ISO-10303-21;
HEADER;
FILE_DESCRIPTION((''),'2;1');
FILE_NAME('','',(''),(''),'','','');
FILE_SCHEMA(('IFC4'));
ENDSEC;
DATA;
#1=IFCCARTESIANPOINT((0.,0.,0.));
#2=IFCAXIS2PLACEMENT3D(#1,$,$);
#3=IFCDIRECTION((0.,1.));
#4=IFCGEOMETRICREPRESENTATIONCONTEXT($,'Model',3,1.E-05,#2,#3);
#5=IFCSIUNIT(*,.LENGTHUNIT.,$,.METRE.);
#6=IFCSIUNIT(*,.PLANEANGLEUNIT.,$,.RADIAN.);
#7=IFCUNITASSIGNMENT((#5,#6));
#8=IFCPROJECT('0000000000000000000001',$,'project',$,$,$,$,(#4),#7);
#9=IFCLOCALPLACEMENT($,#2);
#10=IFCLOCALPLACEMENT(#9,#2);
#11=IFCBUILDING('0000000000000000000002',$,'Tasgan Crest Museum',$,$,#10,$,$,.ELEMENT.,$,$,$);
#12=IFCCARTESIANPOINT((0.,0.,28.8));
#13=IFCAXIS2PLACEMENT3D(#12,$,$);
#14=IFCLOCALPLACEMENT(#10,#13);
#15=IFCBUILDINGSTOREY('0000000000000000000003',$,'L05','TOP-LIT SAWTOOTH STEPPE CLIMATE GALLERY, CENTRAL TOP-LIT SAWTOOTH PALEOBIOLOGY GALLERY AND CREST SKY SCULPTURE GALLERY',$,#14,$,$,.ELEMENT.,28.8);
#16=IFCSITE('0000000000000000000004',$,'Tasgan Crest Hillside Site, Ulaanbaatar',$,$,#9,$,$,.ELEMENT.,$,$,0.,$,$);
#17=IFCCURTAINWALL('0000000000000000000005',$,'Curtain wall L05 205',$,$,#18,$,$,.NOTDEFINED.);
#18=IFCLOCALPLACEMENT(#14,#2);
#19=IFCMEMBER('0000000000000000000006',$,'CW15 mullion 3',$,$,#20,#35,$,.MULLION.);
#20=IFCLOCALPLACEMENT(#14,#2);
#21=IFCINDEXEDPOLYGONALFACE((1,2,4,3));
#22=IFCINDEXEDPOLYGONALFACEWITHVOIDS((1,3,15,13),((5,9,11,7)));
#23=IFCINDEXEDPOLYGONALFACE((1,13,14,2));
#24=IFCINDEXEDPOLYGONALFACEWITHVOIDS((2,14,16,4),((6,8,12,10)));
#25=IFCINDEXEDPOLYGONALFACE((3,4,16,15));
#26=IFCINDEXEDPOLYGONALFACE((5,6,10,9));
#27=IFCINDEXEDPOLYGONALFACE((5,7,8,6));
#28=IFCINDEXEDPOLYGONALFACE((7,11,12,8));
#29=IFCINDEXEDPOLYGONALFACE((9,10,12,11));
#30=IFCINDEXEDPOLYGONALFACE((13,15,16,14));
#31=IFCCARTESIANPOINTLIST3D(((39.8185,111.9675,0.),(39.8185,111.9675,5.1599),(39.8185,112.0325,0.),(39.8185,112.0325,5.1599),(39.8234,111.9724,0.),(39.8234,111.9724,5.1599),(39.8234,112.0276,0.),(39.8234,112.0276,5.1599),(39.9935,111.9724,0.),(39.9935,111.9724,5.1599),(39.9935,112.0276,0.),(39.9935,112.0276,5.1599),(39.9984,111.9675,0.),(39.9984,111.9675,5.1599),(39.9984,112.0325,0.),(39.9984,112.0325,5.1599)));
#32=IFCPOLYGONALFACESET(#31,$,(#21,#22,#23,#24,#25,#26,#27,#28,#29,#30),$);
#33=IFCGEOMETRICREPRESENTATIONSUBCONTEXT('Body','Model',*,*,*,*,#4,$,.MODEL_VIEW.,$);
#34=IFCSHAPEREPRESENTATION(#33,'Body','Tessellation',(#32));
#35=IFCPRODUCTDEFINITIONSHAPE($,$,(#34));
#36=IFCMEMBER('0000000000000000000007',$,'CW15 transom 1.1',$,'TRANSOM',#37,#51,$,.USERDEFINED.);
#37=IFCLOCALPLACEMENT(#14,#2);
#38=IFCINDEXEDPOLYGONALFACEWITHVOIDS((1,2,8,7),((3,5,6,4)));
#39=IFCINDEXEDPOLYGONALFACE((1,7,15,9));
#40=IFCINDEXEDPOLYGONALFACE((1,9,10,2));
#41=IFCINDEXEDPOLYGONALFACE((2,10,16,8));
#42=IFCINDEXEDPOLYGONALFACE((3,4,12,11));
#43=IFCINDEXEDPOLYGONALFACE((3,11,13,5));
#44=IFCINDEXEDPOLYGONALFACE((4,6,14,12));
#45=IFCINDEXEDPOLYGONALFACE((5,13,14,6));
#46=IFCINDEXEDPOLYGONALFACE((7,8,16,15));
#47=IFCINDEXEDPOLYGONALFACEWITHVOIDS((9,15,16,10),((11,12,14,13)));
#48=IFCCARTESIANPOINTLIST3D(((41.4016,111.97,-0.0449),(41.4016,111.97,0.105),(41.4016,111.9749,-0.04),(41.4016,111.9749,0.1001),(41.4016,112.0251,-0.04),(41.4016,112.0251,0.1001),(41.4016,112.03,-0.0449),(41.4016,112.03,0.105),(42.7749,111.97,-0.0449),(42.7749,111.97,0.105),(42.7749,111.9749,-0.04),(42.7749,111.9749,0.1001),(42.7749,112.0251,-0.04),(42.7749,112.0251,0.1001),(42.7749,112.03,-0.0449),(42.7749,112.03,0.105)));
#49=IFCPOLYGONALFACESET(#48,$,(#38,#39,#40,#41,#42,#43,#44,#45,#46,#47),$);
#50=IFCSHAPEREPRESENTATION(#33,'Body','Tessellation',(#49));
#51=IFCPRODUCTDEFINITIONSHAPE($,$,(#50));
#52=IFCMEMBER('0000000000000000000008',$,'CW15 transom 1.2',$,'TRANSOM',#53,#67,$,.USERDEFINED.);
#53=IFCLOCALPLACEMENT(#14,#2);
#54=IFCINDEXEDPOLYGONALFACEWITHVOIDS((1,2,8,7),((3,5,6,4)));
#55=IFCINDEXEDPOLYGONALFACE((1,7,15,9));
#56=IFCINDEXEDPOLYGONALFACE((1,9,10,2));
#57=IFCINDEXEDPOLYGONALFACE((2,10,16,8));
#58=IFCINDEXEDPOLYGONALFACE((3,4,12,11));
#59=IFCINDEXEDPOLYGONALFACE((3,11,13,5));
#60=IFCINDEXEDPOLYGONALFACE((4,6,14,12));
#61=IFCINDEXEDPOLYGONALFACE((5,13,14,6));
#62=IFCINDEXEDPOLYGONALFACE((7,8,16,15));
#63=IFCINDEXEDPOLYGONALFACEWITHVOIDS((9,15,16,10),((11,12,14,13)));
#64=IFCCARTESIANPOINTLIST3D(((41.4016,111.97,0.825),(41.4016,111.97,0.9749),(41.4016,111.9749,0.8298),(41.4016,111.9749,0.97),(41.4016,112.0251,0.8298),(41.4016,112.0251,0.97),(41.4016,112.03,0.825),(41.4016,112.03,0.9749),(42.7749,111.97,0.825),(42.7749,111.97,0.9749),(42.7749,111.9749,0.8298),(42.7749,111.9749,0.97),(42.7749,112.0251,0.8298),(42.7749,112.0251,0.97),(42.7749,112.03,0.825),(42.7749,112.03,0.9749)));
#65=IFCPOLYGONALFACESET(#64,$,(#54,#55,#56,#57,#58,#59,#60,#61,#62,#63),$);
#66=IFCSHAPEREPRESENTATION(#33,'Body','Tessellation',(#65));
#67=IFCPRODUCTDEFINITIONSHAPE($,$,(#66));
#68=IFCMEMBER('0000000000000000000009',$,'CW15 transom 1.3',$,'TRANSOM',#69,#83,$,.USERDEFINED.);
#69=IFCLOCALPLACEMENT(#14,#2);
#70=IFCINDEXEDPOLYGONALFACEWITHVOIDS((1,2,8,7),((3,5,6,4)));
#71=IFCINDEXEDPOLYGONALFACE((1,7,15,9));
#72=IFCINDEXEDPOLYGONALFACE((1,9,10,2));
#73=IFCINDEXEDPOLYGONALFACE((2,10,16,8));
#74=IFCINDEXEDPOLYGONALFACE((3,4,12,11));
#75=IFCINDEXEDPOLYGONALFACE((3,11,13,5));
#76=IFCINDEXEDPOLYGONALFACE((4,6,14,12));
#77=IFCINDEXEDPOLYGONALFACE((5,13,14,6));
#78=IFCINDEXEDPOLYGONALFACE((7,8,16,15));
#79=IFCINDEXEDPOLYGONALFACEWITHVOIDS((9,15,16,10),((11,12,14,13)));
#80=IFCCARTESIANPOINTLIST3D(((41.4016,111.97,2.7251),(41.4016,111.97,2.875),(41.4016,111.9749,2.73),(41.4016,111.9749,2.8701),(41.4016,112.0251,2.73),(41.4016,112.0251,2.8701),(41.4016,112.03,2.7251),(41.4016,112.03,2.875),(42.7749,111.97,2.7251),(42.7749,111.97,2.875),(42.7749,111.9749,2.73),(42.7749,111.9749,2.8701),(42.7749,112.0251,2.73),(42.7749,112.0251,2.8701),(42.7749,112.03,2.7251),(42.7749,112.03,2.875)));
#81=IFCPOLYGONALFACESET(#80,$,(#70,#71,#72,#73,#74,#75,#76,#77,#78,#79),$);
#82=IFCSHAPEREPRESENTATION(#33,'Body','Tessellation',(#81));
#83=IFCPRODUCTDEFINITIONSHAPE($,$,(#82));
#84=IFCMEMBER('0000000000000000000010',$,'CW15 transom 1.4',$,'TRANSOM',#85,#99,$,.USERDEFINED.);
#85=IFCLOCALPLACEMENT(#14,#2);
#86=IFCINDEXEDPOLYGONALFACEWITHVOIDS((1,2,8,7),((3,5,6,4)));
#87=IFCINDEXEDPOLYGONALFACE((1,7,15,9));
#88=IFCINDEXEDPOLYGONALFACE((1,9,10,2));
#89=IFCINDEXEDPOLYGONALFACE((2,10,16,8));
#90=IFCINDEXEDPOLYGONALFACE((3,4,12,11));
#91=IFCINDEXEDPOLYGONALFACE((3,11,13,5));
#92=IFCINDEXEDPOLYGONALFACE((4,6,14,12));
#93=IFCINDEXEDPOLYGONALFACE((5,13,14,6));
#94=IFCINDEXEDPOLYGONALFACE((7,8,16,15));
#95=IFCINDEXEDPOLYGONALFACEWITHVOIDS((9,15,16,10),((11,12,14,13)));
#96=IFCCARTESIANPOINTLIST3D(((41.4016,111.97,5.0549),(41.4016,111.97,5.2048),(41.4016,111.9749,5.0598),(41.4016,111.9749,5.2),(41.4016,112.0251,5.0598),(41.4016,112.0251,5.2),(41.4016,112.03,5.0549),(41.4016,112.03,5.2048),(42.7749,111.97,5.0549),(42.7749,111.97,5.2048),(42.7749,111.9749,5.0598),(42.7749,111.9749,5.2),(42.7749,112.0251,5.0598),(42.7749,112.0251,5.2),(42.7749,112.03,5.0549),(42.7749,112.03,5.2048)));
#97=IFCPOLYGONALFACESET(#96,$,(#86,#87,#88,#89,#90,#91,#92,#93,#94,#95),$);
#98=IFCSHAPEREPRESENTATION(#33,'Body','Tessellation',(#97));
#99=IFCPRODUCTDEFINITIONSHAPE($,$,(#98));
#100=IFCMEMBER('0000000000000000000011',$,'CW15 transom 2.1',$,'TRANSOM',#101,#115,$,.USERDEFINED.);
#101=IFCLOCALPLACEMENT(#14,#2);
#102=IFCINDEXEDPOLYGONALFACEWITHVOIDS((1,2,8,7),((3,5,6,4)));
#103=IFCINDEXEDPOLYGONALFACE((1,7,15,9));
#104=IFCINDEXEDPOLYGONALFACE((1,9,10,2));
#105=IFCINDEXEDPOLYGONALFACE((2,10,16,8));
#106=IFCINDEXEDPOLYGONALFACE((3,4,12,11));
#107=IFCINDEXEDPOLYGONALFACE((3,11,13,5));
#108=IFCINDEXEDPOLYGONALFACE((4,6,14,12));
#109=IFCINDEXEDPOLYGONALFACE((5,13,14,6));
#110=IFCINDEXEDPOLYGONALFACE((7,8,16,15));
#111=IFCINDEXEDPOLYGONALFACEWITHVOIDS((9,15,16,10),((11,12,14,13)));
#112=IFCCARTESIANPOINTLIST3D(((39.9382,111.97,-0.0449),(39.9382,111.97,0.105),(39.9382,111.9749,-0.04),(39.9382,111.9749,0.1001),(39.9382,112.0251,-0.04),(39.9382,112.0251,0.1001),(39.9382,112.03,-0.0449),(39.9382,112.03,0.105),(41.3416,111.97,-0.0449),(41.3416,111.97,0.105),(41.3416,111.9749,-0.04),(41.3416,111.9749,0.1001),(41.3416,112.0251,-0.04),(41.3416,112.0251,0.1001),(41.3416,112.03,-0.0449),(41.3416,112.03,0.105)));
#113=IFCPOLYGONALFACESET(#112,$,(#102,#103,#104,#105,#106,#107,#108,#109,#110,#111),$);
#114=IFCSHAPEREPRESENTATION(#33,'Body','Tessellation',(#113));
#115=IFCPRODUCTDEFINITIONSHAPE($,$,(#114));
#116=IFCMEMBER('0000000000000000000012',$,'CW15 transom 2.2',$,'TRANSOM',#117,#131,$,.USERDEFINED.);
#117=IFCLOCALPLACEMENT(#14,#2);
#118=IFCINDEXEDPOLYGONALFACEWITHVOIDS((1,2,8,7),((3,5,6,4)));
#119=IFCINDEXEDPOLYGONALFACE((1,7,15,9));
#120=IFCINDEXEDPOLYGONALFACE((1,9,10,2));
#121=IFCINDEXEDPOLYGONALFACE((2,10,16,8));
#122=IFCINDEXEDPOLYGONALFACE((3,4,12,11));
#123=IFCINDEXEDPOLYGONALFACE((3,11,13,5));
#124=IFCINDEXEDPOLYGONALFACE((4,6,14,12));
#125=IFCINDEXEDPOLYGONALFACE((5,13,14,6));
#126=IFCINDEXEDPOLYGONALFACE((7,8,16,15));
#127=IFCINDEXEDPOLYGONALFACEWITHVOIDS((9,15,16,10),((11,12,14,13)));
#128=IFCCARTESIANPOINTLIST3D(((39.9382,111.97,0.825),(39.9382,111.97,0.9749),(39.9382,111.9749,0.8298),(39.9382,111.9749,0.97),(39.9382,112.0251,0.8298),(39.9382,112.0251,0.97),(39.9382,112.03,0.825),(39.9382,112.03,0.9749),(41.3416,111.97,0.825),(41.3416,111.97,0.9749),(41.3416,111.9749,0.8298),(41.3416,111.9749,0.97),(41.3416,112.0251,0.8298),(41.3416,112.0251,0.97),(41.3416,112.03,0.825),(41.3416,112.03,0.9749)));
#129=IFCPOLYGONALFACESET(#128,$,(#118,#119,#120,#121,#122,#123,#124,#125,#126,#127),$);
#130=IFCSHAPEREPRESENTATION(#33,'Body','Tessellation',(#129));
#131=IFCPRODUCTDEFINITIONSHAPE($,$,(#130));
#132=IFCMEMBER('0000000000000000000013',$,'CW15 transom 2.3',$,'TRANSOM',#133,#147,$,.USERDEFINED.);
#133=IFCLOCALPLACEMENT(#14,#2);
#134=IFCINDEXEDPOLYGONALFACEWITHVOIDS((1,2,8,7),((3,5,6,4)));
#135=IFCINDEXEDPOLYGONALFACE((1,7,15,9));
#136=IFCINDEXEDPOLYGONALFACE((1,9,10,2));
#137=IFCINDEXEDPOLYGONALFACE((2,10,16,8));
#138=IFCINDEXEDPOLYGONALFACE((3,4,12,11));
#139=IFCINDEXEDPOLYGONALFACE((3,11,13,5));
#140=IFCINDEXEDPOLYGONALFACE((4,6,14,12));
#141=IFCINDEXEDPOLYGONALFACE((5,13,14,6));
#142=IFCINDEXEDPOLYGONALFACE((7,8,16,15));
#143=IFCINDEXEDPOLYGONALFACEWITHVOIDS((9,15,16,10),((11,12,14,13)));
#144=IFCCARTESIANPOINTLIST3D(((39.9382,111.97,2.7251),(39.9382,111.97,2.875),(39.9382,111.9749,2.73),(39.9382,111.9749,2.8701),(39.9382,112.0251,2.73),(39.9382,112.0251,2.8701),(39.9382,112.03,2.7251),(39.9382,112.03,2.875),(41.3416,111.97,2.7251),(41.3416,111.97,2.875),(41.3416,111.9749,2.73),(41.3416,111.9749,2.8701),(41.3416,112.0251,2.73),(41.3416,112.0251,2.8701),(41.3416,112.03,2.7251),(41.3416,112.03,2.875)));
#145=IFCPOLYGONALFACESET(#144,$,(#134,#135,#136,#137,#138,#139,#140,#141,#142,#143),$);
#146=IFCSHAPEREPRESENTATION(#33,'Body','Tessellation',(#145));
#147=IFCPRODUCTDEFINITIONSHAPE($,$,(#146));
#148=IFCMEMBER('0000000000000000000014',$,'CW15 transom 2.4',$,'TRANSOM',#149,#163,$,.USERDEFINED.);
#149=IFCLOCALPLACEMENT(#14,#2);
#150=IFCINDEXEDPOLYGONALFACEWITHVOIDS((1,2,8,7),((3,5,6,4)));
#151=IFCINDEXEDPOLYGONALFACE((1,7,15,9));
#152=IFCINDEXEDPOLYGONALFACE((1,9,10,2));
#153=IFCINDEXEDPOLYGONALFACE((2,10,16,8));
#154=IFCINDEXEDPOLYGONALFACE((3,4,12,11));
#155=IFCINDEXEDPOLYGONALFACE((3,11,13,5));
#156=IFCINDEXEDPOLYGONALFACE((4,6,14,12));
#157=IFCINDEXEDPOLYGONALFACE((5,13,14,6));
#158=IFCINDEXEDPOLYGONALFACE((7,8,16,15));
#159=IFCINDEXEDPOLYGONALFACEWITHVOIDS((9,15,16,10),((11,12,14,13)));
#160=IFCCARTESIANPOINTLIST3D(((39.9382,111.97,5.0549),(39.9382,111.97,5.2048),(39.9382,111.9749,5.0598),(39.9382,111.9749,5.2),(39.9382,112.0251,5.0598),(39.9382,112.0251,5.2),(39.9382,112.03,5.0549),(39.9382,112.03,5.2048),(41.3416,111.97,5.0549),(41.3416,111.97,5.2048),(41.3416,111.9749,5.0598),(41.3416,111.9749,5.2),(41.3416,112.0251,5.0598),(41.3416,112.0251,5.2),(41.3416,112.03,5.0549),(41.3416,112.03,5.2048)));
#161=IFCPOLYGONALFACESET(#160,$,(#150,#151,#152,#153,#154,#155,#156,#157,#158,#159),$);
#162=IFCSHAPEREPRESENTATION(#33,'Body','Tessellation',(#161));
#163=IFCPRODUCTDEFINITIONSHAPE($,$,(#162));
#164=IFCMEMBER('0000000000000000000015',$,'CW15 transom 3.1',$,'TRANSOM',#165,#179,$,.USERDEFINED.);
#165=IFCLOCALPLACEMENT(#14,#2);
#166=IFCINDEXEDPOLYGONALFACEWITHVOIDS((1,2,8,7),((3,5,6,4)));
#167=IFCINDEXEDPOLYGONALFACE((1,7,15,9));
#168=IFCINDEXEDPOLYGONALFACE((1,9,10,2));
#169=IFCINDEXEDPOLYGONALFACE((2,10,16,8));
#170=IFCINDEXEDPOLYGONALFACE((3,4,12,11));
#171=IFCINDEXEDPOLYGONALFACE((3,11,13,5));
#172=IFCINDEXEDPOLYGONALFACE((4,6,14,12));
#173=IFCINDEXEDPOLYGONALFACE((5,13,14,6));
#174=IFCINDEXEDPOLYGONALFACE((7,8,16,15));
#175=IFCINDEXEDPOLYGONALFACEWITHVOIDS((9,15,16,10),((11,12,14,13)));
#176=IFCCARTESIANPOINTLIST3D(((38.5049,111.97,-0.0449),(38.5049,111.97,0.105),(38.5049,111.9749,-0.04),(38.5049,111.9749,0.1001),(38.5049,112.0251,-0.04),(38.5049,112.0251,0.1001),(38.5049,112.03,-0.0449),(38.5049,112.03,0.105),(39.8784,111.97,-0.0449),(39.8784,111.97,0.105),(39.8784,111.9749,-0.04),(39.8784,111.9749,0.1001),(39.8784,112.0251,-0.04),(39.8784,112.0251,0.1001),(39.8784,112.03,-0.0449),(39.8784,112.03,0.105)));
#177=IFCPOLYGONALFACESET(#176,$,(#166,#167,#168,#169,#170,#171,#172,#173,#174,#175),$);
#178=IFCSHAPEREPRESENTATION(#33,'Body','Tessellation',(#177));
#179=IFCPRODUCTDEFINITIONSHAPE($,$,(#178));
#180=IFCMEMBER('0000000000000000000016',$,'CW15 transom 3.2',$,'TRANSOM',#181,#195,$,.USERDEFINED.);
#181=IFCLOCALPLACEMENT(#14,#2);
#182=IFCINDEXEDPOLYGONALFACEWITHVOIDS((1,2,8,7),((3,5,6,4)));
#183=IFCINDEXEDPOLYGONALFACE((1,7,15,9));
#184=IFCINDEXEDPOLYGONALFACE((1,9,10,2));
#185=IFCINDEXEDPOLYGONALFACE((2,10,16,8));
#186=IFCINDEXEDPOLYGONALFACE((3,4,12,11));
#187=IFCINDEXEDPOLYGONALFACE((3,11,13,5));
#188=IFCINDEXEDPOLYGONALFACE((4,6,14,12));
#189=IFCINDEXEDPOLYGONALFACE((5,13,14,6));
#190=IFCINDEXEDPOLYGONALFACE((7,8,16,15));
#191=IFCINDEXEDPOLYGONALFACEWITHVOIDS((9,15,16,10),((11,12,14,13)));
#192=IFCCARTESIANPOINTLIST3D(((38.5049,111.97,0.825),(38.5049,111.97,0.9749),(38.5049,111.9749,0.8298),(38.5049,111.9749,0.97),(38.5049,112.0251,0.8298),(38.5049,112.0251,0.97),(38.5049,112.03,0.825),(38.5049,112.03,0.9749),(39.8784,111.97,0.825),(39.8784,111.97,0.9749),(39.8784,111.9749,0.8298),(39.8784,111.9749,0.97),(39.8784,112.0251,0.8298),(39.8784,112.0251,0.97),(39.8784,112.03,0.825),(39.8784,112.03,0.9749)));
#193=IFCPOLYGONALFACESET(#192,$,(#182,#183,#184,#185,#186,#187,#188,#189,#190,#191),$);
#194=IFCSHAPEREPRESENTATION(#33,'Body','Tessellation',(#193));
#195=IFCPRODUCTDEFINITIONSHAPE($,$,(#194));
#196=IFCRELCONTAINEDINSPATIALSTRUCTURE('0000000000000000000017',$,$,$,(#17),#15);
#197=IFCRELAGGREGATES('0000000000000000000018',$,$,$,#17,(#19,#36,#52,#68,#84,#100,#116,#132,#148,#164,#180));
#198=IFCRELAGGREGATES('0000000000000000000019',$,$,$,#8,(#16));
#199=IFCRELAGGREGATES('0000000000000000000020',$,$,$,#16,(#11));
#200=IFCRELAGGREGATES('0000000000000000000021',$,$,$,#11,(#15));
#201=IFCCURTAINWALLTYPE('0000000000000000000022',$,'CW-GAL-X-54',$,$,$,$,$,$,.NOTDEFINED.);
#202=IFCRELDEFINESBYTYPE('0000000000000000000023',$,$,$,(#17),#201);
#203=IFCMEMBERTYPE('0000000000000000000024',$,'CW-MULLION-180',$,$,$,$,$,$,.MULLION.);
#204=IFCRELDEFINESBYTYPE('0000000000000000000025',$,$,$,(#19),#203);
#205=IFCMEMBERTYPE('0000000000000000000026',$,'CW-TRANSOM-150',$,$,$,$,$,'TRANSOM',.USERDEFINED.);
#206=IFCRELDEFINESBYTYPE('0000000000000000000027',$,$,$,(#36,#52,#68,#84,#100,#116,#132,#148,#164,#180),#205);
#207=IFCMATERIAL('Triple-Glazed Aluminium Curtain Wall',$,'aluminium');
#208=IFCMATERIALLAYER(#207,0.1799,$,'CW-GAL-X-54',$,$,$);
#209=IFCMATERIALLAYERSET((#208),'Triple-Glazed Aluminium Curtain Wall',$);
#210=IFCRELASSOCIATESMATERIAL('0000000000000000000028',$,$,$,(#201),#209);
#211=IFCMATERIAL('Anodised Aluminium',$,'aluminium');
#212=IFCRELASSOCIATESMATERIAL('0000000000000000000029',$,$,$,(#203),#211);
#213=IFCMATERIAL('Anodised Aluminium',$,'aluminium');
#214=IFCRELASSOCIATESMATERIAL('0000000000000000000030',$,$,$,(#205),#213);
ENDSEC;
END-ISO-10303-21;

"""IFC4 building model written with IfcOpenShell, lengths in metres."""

from ifc_helpers import new_model, si_unit, direction, frame, origin, origin_2d, place, context, subcontext, project, spatial, hollow_rectangle, extrude, material, layer, layer_set, material_profile, profile_set, type_object, element, aggregate, save


model = new_model("IFC4")

# Units and contexts
model_context = context("Model", 3, precision=1e-05, world=origin(), true_north=direction((0.0, 1.0)))
body_context = subcontext(model_context, "Body", "Model", "MODEL_VIEW")
ifc_project = project(units=[si_unit("LENGTHUNIT", "METRE"), si_unit("PLANEANGLEUNIT", "RADIAN")], contexts=[model_context])

# Site, building, storey
site_placement = place(None, origin())
site = spatial("IfcSite", under=ifc_project, at=site_placement, Name="Tasgan Crest Hillside Site, Ulaanbaatar", CompositionType="ELEMENT", RefElevation=0.0)
building_placement = place(site_placement, origin())
building = spatial("IfcBuilding", under=site, at=building_placement, Name="Tasgan Crest Museum", CompositionType="ELEMENT")
storey_placement = place(building_placement, frame((0.0, 0.0, 28.8)))
storey = spatial("IfcBuildingStorey", under=building, at=storey_placement, Name="L05", Description="TOP-LIT SAWTOOTH STEPPE CLIMATE GALLERY, CENTRAL TOP-LIT SAWTOOTH PALEOBIOLOGY GALLERY AND CREST SKY SCULPTURE GALLERY", CompositionType="ELEMENT", Elevation=28.8)

# Curtain wall, members
ifc_material_1 = material(Name="Triple-Glazed Aluminium Curtain Wall", Category="aluminium")
ifc_layer_1 = layer(ifc_material_1, 0.1799, Name="CW-GAL-X-54")
ifc_layer_set_1 = layer_set([ifc_layer_1], Name="Triple-Glazed Aluminium Curtain Wall")
curtain_wall_type = type_object("IfcCurtainWallType", Name="CW-GAL-X-54", PredefinedType="NOTDEFINED", material=ifc_layer_set_1)
curtain_wall_placement = place(storey_placement, origin())
curtain_wall = element("IfcCurtainWall", 1, at=curtain_wall_placement, inside=storey, type_object=curtain_wall_type, Name="Curtain wall L05 205", PredefinedType="NOTDEFINED")
ifc_material_2 = material(Name="Anodised Aluminium", Category="aluminium")
ifc_material_profile_1 = material_profile(ifc_material_2, hollow_rectangle(XDim=0.0649, YDim=0.1799, WallThickness=0.0049, at=origin_2d()), Name="ALU MULLION 180x65x5")
ifc_profile_set_1 = profile_set([ifc_material_profile_1], Name="Anodised Aluminium")
member_type_1 = type_object("IfcMemberType", Name="CW-MULLION-180", PredefinedType="MULLION", material=ifc_profile_set_1)
member_1_placement = place(storey_placement, frame((39.9084, 112.0, 0.0), z_axis=(0.0, 0.0, 1.0), x_axis=(0.0, -1.0, 0.0)))
member_1 = element("IfcMember", 2, at=member_1_placement, type_object=member_type_1, Name="CW15 mullion 3", PredefinedType="MULLION", context=body_context, shape_type="SweptSolid", body=[
    extrude(hollow_rectangle(XDim=0.0649, YDim=0.1799, WallThickness=0.0049, at=origin_2d()), origin(), (0.0, 0.0, 1.0), 5.1599),
])
ifc_material_3 = material(Name="Anodised Aluminium", Category="aluminium")
ifc_material_profile_2 = material_profile(ifc_material_3, hollow_rectangle(XDim=0.0601, YDim=0.1499, WallThickness=0.0049, at=origin_2d()), Name="ALU TRANSOM 150x60x5")
ifc_profile_set_2 = profile_set([ifc_material_profile_2], Name="Anodised Aluminium")
member_type_2 = type_object("IfcMemberType", Name="CW-TRANSOM-150", ElementType="TRANSOM", PredefinedType="USERDEFINED", material=ifc_profile_set_2)
member_2_placement = place(storey_placement, frame((42.7749, 112.0, 0.03), z_axis=(-1.0, 0.0, 0.0), x_axis=(0.0, -1.0, 0.0)))
member_2 = element("IfcMember", 3, at=member_2_placement, type_object=member_type_2, Name="CW15 transom 1.1", ObjectType="TRANSOM", PredefinedType="USERDEFINED", context=body_context, shape_type="SweptSolid", body=[
    extrude(hollow_rectangle(XDim=0.0601, YDim=0.1499, WallThickness=0.0049, at=origin_2d()), origin(), (0.0, 0.0, 1.0), 1.3733),
])
member_3_placement = place(storey_placement, frame((42.7749, 112.0, 0.8999), z_axis=(-1.0, 0.0, 0.0), x_axis=(0.0, -1.0, 0.0)))
member_3 = element("IfcMember", 4, at=member_3_placement, type_object=member_type_2, Name="CW15 transom 1.2", ObjectType="TRANSOM", PredefinedType="USERDEFINED", context=body_context, shape_type="SweptSolid", body=[
    extrude(hollow_rectangle(XDim=0.0601, YDim=0.1499, WallThickness=0.0049, at=origin_2d()), origin(), (0.0, 0.0, 1.0), 1.3733),
])
member_4_placement = place(storey_placement, frame((42.7749, 112.0, 2.8), z_axis=(-1.0, 0.0, 0.0), x_axis=(0.0, -1.0, 0.0)))
member_4 = element("IfcMember", 5, at=member_4_placement, type_object=member_type_2, Name="CW15 transom 1.3", ObjectType="TRANSOM", PredefinedType="USERDEFINED", context=body_context, shape_type="SweptSolid", body=[
    extrude(hollow_rectangle(XDim=0.0601, YDim=0.1499, WallThickness=0.0049, at=origin_2d()), origin(), (0.0, 0.0, 1.0), 1.3733),
])
member_5_placement = place(storey_placement, frame((42.7749, 112.0, 5.1299), z_axis=(-1.0, 0.0, 0.0), x_axis=(0.0, -1.0, 0.0)))
member_5 = element("IfcMember", 6, at=member_5_placement, type_object=member_type_2, Name="CW15 transom 1.4", ObjectType="TRANSOM", PredefinedType="USERDEFINED", context=body_context, shape_type="SweptSolid", body=[
    extrude(hollow_rectangle(XDim=0.0601, YDim=0.1499, WallThickness=0.0049, at=origin_2d()), origin(), (0.0, 0.0, 1.0), 1.3733),
])
member_6_placement = place(storey_placement, frame((41.3416, 112.0, 0.03), z_axis=(-1.0, 0.0, 0.0), x_axis=(0.0, -1.0, 0.0)))
member_6 = element("IfcMember", 7, at=member_6_placement, type_object=member_type_2, Name="CW15 transom 2.1", ObjectType="TRANSOM", PredefinedType="USERDEFINED", context=body_context, shape_type="SweptSolid", body=[
    extrude(hollow_rectangle(XDim=0.0601, YDim=0.1499, WallThickness=0.0049, at=origin_2d()), origin(), (0.0, 0.0, 1.0), 1.4033),
])
member_7_placement = place(storey_placement, frame((41.3416, 112.0, 0.8999), z_axis=(-1.0, 0.0, 0.0), x_axis=(0.0, -1.0, 0.0)))
member_7 = element("IfcMember", 8, at=member_7_placement, type_object=member_type_2, Name="CW15 transom 2.2", ObjectType="TRANSOM", PredefinedType="USERDEFINED", context=body_context, shape_type="SweptSolid", body=[
    extrude(hollow_rectangle(XDim=0.0601, YDim=0.1499, WallThickness=0.0049, at=origin_2d()), origin(), (0.0, 0.0, 1.0), 1.4033),
])
member_8_placement = place(storey_placement, frame((41.3416, 112.0, 2.8), z_axis=(-1.0, 0.0, 0.0), x_axis=(0.0, -1.0, 0.0)))
member_8 = element("IfcMember", 9, at=member_8_placement, type_object=member_type_2, Name="CW15 transom 2.3", ObjectType="TRANSOM", PredefinedType="USERDEFINED", context=body_context, shape_type="SweptSolid", body=[
    extrude(hollow_rectangle(XDim=0.0601, YDim=0.1499, WallThickness=0.0049, at=origin_2d()), origin(), (0.0, 0.0, 1.0), 1.4033),
])
member_9_placement = place(storey_placement, frame((41.3416, 112.0, 5.1299), z_axis=(-1.0, 0.0, 0.0), x_axis=(0.0, -1.0, 0.0)))
member_9 = element("IfcMember", 10, at=member_9_placement, type_object=member_type_2, Name="CW15 transom 2.4", ObjectType="TRANSOM", PredefinedType="USERDEFINED", context=body_context, shape_type="SweptSolid", body=[
    extrude(hollow_rectangle(XDim=0.0601, YDim=0.1499, WallThickness=0.0049, at=origin_2d()), origin(), (0.0, 0.0, 1.0), 1.4033),
])
member_10_placement = place(storey_placement, frame((39.8784, 112.0, 0.03), z_axis=(-1.0, 0.0, 0.0), x_axis=(0.0, -1.0, 0.0)))
member_10 = element("IfcMember", 11, at=member_10_placement, type_object=member_type_2, Name="CW15 transom 3.1", ObjectType="TRANSOM", PredefinedType="USERDEFINED", context=body_context, shape_type="SweptSolid", body=[
    extrude(hollow_rectangle(XDim=0.0601, YDim=0.1499, WallThickness=0.0049, at=origin_2d()), origin(), (0.0, 0.0, 1.0), 1.3735),
])
member_11_placement = place(storey_placement, frame((39.8784, 112.0, 0.8999), z_axis=(-1.0, 0.0, 0.0), x_axis=(0.0, -1.0, 0.0)))
member_11 = element("IfcMember", 12, at=member_11_placement, type_object=member_type_2, Name="CW15 transom 3.2", ObjectType="TRANSOM", PredefinedType="USERDEFINED", context=body_context, shape_type="SweptSolid", body=[
    extrude(hollow_rectangle(XDim=0.0601, YDim=0.1499, WallThickness=0.0049, at=origin_2d()), origin(), (0.0, 0.0, 1.0), 1.3735),
])
aggregate(curtain_wall, [member_1, member_2, member_3, member_4, member_5, member_6, member_7, member_8, member_9, member_10, member_11])

save(model, "model.ifc")
